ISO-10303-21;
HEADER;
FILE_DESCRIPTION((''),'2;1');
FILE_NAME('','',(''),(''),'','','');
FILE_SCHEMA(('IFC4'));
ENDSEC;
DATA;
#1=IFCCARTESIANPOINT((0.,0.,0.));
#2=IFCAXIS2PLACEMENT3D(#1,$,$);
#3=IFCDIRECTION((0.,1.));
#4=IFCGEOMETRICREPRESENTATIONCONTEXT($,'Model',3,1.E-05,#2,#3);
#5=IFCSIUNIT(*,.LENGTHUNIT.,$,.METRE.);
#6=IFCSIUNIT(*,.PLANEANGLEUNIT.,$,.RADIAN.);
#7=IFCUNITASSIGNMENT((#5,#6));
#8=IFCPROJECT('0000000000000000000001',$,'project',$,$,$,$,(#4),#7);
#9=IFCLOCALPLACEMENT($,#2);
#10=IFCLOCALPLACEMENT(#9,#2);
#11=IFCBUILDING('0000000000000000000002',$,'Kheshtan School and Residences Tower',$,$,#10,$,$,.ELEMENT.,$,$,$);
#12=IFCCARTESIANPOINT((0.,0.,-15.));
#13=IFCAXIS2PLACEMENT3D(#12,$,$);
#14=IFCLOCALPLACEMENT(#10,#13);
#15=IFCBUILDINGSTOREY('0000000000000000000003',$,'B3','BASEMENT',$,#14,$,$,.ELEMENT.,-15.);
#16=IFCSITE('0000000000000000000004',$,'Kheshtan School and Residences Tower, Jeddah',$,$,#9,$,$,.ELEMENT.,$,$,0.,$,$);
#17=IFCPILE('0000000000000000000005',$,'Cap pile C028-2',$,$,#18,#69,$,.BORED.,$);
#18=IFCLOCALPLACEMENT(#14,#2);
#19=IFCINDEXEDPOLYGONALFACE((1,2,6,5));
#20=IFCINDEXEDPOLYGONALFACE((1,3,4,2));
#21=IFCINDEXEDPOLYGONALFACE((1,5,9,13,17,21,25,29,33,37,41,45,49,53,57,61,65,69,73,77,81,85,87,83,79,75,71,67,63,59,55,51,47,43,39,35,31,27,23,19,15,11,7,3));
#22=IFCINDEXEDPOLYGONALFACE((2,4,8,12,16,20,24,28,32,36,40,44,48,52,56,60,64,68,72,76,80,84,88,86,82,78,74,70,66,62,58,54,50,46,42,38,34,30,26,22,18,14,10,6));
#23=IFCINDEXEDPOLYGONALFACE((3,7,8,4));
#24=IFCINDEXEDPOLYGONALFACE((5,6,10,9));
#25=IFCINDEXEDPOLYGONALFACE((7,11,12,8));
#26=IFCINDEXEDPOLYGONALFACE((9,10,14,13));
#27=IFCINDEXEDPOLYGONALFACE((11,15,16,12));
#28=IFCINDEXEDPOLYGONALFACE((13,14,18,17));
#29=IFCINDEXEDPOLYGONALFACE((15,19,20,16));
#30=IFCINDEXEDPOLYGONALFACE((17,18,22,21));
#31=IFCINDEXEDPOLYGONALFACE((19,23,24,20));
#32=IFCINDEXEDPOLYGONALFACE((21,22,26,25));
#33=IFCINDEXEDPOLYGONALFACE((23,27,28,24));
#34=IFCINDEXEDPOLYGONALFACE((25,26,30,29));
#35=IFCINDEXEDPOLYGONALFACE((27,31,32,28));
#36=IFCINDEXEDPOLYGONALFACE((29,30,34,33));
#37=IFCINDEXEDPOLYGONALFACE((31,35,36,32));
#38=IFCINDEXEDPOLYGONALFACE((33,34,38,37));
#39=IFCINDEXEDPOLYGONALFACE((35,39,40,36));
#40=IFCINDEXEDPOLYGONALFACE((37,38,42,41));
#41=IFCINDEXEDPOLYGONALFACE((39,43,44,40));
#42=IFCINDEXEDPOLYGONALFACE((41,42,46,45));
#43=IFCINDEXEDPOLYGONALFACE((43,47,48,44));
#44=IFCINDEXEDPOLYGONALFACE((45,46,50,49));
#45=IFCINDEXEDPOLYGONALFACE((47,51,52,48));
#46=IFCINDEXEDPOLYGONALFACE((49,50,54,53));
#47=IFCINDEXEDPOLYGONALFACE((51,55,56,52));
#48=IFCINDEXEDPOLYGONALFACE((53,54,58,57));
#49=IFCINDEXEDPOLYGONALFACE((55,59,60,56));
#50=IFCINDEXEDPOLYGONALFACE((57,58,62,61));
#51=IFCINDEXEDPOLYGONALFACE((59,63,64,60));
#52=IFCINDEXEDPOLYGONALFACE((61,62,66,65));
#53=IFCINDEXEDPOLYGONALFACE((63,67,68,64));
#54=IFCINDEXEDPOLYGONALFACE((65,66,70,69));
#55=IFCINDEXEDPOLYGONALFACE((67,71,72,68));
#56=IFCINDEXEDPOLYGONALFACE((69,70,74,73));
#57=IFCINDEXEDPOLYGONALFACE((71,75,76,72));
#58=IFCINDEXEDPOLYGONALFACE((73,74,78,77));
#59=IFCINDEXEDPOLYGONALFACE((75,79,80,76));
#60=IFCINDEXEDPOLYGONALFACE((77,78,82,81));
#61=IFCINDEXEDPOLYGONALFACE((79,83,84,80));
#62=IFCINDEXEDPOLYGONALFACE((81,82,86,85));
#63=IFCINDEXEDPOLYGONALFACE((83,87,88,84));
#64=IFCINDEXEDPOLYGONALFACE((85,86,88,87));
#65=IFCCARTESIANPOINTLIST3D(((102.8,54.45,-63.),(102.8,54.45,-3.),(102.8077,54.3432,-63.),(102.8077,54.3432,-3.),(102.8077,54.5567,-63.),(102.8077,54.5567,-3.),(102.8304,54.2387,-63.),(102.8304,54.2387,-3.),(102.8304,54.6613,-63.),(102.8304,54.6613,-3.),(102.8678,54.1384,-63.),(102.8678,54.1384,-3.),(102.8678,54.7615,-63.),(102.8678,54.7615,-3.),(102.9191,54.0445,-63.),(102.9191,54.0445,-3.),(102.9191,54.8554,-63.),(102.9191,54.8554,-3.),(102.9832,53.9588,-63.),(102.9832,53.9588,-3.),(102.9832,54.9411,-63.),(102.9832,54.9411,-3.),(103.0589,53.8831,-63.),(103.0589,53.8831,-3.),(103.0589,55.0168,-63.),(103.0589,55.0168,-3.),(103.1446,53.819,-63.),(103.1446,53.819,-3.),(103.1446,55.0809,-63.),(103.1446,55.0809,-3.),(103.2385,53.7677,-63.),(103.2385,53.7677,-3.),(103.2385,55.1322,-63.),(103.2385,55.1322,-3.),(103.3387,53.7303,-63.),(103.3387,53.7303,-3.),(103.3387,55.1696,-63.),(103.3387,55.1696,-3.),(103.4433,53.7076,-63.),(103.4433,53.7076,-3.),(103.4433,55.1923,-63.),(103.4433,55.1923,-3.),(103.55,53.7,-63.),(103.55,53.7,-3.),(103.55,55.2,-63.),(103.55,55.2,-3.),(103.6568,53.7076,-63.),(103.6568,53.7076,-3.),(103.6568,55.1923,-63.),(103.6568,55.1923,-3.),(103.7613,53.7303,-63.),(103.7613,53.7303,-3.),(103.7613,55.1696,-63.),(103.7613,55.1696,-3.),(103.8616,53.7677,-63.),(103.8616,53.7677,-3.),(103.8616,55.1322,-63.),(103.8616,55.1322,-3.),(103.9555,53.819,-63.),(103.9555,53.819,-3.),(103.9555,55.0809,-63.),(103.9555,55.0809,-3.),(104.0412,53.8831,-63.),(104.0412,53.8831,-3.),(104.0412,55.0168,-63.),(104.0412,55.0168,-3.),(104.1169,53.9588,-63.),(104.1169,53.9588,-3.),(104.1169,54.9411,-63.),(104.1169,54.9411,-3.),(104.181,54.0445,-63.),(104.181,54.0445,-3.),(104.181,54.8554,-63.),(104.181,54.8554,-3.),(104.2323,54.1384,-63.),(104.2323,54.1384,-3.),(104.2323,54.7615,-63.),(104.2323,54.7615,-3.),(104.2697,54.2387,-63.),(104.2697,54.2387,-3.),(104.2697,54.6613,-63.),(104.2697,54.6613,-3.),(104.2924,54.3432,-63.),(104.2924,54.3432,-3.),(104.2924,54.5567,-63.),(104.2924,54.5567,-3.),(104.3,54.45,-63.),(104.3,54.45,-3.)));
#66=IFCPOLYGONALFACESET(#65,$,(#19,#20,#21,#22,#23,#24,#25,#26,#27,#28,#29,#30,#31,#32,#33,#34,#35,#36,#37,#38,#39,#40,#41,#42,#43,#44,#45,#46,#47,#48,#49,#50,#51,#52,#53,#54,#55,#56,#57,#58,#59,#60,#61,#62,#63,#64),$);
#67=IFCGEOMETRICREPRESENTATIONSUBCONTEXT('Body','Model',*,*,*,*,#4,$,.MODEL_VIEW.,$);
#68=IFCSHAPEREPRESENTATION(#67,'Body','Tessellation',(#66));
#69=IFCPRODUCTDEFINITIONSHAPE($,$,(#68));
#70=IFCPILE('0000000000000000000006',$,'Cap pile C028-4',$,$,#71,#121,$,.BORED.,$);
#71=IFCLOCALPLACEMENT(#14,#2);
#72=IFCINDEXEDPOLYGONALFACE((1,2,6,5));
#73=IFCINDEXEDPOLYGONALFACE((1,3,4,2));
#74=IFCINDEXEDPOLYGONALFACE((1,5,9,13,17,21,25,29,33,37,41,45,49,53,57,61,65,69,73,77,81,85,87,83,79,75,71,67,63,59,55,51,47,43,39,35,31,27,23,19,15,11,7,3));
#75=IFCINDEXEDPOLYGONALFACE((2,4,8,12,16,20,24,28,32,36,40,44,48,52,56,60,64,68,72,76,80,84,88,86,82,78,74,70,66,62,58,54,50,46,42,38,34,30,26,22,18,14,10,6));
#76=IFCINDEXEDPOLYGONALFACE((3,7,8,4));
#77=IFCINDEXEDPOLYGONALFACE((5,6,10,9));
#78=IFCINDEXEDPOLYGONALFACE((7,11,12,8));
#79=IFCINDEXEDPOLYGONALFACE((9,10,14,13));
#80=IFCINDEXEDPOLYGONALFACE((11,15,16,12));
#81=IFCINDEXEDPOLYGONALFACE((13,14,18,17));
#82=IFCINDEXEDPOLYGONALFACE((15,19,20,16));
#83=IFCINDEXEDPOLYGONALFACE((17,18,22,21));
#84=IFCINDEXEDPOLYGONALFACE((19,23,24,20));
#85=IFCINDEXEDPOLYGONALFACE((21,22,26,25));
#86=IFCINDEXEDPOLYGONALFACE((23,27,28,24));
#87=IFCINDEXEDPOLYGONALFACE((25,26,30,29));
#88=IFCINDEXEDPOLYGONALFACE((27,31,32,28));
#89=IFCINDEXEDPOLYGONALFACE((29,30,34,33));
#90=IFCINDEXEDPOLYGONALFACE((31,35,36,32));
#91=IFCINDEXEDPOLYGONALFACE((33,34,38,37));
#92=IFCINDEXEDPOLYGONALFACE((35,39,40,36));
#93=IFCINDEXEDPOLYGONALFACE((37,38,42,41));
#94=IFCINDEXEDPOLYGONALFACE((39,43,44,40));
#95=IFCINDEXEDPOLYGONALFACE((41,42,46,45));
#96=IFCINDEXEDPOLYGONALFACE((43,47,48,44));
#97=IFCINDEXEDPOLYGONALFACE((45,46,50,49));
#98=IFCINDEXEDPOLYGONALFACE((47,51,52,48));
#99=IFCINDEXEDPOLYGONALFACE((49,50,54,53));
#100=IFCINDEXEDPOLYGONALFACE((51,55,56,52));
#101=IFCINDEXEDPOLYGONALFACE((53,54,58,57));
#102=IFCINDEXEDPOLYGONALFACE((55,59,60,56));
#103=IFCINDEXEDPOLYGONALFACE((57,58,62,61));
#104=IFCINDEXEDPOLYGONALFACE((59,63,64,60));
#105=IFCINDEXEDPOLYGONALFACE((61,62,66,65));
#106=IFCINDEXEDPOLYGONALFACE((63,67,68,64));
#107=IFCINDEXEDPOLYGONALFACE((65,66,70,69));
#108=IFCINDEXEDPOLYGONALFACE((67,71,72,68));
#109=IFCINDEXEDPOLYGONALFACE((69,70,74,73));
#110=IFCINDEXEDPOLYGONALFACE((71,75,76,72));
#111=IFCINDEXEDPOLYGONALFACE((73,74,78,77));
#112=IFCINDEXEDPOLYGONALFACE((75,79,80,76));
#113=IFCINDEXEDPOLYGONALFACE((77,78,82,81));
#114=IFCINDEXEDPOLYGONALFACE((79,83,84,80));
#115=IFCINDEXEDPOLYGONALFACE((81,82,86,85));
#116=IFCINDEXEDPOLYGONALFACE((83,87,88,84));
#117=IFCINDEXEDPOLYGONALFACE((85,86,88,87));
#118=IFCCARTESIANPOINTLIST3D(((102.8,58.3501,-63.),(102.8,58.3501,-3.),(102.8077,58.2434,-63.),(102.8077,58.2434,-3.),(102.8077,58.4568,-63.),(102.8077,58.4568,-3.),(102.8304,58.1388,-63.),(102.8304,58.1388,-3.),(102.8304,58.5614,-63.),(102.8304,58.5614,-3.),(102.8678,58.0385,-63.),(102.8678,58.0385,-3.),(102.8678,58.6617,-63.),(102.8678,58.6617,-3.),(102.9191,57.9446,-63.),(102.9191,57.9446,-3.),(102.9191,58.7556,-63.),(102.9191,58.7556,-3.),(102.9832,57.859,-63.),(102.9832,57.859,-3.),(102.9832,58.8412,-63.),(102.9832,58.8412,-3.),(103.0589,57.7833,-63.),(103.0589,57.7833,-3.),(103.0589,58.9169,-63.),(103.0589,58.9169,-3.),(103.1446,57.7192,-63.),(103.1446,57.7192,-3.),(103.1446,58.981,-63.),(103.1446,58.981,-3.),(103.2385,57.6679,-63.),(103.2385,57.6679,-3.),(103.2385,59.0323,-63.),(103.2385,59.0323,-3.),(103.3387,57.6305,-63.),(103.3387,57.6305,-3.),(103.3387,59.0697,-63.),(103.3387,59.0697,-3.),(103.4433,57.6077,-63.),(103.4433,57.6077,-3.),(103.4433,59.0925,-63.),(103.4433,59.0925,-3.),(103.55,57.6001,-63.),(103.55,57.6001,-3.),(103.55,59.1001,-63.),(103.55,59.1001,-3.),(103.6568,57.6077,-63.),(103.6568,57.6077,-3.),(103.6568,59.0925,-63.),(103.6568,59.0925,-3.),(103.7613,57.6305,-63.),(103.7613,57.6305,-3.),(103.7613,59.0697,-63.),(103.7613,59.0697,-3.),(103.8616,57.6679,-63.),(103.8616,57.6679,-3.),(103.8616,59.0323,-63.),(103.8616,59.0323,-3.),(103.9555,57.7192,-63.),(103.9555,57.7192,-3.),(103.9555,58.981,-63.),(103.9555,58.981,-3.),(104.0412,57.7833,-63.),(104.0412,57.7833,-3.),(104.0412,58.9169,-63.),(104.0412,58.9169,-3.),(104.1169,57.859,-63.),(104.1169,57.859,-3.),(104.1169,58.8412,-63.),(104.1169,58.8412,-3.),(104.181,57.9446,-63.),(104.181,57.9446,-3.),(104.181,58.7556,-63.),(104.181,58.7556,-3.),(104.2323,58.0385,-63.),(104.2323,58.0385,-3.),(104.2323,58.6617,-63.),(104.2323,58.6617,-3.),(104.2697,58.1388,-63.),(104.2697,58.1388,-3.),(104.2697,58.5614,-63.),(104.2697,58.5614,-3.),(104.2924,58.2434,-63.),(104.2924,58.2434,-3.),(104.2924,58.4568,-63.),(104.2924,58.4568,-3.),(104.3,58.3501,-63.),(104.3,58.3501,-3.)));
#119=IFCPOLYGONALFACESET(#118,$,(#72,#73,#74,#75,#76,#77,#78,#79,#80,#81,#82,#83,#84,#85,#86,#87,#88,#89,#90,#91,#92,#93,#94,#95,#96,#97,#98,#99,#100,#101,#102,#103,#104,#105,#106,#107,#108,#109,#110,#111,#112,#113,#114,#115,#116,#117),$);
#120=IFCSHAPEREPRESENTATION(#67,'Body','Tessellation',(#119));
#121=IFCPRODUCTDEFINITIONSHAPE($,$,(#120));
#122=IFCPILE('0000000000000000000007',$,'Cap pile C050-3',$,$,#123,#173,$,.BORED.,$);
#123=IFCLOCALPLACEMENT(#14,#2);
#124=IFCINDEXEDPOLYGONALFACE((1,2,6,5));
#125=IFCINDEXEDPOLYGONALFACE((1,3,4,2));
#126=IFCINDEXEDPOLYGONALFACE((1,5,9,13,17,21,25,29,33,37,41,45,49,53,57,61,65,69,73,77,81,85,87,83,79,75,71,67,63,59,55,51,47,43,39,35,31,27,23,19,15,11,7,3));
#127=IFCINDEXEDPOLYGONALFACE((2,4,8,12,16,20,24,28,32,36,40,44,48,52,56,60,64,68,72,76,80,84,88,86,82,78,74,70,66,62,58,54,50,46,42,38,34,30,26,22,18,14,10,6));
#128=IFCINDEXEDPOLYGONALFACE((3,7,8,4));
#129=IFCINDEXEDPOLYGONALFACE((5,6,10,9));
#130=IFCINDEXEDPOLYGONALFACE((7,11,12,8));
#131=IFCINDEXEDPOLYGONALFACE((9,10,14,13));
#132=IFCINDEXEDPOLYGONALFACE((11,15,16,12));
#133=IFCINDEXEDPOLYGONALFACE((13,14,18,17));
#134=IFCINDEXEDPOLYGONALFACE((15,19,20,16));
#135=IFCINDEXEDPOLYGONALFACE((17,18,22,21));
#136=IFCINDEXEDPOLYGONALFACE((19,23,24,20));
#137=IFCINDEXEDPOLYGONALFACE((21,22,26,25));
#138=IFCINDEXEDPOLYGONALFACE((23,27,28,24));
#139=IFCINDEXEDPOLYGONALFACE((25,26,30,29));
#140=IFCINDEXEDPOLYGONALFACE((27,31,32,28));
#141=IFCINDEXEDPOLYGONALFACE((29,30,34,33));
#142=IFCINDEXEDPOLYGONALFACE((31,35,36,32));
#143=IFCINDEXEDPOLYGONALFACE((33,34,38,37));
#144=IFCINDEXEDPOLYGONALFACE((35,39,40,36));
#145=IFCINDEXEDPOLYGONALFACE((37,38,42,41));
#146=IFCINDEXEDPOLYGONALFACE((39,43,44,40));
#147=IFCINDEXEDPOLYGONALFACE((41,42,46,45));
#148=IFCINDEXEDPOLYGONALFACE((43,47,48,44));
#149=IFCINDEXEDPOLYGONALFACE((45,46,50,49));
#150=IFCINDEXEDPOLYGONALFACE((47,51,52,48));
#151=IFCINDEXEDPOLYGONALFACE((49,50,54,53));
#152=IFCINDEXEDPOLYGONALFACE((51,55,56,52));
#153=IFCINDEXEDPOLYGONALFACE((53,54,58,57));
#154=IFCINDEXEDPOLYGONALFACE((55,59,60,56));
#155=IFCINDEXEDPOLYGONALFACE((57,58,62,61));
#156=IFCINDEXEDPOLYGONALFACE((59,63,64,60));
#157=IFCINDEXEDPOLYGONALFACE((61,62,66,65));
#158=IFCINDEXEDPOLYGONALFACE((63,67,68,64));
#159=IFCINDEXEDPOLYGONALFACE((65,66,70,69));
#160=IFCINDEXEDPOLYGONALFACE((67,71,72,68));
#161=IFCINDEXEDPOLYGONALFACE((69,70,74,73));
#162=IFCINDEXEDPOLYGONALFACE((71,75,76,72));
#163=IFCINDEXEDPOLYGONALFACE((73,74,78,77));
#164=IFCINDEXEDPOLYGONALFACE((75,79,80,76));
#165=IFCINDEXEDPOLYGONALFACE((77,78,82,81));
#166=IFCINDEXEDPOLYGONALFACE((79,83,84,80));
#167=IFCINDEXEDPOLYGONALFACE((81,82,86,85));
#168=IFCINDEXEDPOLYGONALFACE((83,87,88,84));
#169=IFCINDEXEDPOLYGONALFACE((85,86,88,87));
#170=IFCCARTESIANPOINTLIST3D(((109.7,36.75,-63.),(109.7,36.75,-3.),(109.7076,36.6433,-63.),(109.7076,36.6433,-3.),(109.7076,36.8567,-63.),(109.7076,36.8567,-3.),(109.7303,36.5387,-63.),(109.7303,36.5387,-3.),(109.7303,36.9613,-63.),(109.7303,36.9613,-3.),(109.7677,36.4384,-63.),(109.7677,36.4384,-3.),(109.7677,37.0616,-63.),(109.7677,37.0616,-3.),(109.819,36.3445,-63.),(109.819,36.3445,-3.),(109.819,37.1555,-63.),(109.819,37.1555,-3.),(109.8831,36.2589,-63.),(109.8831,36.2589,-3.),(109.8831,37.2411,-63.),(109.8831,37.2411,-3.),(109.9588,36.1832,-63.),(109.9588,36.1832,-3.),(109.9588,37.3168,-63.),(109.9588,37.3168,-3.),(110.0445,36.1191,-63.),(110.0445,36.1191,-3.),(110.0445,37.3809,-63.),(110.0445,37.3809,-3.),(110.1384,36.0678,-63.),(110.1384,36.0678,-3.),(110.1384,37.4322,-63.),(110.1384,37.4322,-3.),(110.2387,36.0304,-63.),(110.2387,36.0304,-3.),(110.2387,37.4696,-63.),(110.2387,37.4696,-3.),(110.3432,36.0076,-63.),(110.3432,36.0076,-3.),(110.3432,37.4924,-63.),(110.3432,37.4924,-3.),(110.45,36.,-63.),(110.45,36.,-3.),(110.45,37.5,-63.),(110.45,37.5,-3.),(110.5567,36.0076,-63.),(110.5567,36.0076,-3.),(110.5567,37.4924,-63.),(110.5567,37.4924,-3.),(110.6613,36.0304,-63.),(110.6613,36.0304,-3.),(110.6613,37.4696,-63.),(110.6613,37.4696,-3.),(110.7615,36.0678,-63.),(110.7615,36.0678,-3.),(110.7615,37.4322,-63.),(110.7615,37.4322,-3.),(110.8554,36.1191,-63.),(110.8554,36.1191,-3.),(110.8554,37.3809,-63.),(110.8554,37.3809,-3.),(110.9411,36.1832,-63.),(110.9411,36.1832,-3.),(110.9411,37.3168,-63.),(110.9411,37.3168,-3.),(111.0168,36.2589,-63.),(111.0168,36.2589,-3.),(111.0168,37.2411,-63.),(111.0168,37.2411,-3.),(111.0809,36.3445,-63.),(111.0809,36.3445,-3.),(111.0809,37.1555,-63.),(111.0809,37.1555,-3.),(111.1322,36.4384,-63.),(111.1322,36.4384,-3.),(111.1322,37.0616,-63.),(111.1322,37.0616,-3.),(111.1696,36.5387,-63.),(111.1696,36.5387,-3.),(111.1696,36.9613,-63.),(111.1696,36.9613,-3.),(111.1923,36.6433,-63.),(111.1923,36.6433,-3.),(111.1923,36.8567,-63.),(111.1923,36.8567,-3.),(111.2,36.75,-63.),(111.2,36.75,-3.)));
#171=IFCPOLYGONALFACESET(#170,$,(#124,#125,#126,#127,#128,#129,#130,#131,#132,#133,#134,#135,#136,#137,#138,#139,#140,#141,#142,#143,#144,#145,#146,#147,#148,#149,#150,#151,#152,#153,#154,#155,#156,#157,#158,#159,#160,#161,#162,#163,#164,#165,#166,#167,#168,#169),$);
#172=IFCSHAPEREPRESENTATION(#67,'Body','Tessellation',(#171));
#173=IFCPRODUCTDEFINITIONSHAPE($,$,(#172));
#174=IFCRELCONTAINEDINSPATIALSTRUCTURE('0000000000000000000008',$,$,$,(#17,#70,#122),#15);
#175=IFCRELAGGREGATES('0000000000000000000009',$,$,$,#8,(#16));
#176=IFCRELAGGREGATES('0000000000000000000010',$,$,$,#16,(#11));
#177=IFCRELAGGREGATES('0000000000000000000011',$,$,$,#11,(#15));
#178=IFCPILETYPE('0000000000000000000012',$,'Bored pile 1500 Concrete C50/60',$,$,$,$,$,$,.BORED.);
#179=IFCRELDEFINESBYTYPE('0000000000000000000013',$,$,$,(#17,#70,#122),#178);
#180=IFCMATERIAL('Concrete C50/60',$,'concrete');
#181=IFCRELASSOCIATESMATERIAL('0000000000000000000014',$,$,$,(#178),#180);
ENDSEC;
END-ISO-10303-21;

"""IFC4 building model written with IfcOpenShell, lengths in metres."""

from ifc_helpers import new_model, si_unit, direction, frame, origin, origin_2d, place, context, subcontext, project, spatial, circle, extrude, material, material_profile, profile_set, type_object, element, save


model = new_model("IFC4")

# Units and contexts
model_context = context("Model", 3, precision=1e-05, world=origin(), true_north=direction((0.0, 1.0)))
body_context = subcontext(model_context, "Body", "Model", "MODEL_VIEW")
ifc_project = project(units=[si_unit("LENGTHUNIT", "METRE"), si_unit("PLANEANGLEUNIT", "RADIAN")], contexts=[model_context])

# Site, building, storey
site_placement = place(None, origin())
site = spatial("IfcSite", under=ifc_project, at=site_placement, Name="Kheshtan School and Residences Tower, Jeddah", CompositionType="ELEMENT", RefElevation=0.0)
building_placement = place(site_placement, origin())
building = spatial("IfcBuilding", under=site, at=building_placement, Name="Kheshtan School and Residences Tower", CompositionType="ELEMENT")
storey_placement = place(building_placement, frame((0.0, 0.0, -15.0)))
storey = spatial("IfcBuildingStorey", under=building, at=storey_placement, Name="B3", Description="BASEMENT", CompositionType="ELEMENT", Elevation=-15.0)

# Piles
ifc_material_1 = material(Name="Concrete C50/60", Category="concrete")
ifc_material_profile_1 = material_profile(ifc_material_1, circle(Radius=0.75, at=origin_2d()), Name="BP 1500")
ifc_profile_set_1 = profile_set([ifc_material_profile_1], Name="Concrete C50/60")
pile_type_1 = type_object("IfcPileType", Name="Bored pile 1500 Concrete C50/60", PredefinedType="BORED", material=ifc_profile_set_1)
for number, where, z_axis, x_axis, name in (
    (1, (103.55, 54.45, -3.0), (0.0, 0.0, -1.0), (1.0, 0.0, 0.0), "Cap pile C028-2"),
    (2, (103.55, 58.3501, -3.0), (0.0, 0.0, -1.0), (1.0, 0.0, 0.0), "Cap pile C028-4"),
    (3, (110.45, 36.75, -3.0), (0.0, 0.0, -1.0), (1.0, 0.0, 0.0), "Cap pile C050-3"),
):
    element("IfcPile", number, at=place(storey_placement, frame(where, z_axis=z_axis, x_axis=x_axis)), inside=storey, type_object=pile_type_1, Name=name, PredefinedType="BORED", context=body_context, shape_type="SweptSolid", body=[
        extrude(circle(Radius=0.75, at=origin_2d()), origin(), (0.0, 0.0, 1.0), 60.0),
    ])

save(model, "model.ifc")
